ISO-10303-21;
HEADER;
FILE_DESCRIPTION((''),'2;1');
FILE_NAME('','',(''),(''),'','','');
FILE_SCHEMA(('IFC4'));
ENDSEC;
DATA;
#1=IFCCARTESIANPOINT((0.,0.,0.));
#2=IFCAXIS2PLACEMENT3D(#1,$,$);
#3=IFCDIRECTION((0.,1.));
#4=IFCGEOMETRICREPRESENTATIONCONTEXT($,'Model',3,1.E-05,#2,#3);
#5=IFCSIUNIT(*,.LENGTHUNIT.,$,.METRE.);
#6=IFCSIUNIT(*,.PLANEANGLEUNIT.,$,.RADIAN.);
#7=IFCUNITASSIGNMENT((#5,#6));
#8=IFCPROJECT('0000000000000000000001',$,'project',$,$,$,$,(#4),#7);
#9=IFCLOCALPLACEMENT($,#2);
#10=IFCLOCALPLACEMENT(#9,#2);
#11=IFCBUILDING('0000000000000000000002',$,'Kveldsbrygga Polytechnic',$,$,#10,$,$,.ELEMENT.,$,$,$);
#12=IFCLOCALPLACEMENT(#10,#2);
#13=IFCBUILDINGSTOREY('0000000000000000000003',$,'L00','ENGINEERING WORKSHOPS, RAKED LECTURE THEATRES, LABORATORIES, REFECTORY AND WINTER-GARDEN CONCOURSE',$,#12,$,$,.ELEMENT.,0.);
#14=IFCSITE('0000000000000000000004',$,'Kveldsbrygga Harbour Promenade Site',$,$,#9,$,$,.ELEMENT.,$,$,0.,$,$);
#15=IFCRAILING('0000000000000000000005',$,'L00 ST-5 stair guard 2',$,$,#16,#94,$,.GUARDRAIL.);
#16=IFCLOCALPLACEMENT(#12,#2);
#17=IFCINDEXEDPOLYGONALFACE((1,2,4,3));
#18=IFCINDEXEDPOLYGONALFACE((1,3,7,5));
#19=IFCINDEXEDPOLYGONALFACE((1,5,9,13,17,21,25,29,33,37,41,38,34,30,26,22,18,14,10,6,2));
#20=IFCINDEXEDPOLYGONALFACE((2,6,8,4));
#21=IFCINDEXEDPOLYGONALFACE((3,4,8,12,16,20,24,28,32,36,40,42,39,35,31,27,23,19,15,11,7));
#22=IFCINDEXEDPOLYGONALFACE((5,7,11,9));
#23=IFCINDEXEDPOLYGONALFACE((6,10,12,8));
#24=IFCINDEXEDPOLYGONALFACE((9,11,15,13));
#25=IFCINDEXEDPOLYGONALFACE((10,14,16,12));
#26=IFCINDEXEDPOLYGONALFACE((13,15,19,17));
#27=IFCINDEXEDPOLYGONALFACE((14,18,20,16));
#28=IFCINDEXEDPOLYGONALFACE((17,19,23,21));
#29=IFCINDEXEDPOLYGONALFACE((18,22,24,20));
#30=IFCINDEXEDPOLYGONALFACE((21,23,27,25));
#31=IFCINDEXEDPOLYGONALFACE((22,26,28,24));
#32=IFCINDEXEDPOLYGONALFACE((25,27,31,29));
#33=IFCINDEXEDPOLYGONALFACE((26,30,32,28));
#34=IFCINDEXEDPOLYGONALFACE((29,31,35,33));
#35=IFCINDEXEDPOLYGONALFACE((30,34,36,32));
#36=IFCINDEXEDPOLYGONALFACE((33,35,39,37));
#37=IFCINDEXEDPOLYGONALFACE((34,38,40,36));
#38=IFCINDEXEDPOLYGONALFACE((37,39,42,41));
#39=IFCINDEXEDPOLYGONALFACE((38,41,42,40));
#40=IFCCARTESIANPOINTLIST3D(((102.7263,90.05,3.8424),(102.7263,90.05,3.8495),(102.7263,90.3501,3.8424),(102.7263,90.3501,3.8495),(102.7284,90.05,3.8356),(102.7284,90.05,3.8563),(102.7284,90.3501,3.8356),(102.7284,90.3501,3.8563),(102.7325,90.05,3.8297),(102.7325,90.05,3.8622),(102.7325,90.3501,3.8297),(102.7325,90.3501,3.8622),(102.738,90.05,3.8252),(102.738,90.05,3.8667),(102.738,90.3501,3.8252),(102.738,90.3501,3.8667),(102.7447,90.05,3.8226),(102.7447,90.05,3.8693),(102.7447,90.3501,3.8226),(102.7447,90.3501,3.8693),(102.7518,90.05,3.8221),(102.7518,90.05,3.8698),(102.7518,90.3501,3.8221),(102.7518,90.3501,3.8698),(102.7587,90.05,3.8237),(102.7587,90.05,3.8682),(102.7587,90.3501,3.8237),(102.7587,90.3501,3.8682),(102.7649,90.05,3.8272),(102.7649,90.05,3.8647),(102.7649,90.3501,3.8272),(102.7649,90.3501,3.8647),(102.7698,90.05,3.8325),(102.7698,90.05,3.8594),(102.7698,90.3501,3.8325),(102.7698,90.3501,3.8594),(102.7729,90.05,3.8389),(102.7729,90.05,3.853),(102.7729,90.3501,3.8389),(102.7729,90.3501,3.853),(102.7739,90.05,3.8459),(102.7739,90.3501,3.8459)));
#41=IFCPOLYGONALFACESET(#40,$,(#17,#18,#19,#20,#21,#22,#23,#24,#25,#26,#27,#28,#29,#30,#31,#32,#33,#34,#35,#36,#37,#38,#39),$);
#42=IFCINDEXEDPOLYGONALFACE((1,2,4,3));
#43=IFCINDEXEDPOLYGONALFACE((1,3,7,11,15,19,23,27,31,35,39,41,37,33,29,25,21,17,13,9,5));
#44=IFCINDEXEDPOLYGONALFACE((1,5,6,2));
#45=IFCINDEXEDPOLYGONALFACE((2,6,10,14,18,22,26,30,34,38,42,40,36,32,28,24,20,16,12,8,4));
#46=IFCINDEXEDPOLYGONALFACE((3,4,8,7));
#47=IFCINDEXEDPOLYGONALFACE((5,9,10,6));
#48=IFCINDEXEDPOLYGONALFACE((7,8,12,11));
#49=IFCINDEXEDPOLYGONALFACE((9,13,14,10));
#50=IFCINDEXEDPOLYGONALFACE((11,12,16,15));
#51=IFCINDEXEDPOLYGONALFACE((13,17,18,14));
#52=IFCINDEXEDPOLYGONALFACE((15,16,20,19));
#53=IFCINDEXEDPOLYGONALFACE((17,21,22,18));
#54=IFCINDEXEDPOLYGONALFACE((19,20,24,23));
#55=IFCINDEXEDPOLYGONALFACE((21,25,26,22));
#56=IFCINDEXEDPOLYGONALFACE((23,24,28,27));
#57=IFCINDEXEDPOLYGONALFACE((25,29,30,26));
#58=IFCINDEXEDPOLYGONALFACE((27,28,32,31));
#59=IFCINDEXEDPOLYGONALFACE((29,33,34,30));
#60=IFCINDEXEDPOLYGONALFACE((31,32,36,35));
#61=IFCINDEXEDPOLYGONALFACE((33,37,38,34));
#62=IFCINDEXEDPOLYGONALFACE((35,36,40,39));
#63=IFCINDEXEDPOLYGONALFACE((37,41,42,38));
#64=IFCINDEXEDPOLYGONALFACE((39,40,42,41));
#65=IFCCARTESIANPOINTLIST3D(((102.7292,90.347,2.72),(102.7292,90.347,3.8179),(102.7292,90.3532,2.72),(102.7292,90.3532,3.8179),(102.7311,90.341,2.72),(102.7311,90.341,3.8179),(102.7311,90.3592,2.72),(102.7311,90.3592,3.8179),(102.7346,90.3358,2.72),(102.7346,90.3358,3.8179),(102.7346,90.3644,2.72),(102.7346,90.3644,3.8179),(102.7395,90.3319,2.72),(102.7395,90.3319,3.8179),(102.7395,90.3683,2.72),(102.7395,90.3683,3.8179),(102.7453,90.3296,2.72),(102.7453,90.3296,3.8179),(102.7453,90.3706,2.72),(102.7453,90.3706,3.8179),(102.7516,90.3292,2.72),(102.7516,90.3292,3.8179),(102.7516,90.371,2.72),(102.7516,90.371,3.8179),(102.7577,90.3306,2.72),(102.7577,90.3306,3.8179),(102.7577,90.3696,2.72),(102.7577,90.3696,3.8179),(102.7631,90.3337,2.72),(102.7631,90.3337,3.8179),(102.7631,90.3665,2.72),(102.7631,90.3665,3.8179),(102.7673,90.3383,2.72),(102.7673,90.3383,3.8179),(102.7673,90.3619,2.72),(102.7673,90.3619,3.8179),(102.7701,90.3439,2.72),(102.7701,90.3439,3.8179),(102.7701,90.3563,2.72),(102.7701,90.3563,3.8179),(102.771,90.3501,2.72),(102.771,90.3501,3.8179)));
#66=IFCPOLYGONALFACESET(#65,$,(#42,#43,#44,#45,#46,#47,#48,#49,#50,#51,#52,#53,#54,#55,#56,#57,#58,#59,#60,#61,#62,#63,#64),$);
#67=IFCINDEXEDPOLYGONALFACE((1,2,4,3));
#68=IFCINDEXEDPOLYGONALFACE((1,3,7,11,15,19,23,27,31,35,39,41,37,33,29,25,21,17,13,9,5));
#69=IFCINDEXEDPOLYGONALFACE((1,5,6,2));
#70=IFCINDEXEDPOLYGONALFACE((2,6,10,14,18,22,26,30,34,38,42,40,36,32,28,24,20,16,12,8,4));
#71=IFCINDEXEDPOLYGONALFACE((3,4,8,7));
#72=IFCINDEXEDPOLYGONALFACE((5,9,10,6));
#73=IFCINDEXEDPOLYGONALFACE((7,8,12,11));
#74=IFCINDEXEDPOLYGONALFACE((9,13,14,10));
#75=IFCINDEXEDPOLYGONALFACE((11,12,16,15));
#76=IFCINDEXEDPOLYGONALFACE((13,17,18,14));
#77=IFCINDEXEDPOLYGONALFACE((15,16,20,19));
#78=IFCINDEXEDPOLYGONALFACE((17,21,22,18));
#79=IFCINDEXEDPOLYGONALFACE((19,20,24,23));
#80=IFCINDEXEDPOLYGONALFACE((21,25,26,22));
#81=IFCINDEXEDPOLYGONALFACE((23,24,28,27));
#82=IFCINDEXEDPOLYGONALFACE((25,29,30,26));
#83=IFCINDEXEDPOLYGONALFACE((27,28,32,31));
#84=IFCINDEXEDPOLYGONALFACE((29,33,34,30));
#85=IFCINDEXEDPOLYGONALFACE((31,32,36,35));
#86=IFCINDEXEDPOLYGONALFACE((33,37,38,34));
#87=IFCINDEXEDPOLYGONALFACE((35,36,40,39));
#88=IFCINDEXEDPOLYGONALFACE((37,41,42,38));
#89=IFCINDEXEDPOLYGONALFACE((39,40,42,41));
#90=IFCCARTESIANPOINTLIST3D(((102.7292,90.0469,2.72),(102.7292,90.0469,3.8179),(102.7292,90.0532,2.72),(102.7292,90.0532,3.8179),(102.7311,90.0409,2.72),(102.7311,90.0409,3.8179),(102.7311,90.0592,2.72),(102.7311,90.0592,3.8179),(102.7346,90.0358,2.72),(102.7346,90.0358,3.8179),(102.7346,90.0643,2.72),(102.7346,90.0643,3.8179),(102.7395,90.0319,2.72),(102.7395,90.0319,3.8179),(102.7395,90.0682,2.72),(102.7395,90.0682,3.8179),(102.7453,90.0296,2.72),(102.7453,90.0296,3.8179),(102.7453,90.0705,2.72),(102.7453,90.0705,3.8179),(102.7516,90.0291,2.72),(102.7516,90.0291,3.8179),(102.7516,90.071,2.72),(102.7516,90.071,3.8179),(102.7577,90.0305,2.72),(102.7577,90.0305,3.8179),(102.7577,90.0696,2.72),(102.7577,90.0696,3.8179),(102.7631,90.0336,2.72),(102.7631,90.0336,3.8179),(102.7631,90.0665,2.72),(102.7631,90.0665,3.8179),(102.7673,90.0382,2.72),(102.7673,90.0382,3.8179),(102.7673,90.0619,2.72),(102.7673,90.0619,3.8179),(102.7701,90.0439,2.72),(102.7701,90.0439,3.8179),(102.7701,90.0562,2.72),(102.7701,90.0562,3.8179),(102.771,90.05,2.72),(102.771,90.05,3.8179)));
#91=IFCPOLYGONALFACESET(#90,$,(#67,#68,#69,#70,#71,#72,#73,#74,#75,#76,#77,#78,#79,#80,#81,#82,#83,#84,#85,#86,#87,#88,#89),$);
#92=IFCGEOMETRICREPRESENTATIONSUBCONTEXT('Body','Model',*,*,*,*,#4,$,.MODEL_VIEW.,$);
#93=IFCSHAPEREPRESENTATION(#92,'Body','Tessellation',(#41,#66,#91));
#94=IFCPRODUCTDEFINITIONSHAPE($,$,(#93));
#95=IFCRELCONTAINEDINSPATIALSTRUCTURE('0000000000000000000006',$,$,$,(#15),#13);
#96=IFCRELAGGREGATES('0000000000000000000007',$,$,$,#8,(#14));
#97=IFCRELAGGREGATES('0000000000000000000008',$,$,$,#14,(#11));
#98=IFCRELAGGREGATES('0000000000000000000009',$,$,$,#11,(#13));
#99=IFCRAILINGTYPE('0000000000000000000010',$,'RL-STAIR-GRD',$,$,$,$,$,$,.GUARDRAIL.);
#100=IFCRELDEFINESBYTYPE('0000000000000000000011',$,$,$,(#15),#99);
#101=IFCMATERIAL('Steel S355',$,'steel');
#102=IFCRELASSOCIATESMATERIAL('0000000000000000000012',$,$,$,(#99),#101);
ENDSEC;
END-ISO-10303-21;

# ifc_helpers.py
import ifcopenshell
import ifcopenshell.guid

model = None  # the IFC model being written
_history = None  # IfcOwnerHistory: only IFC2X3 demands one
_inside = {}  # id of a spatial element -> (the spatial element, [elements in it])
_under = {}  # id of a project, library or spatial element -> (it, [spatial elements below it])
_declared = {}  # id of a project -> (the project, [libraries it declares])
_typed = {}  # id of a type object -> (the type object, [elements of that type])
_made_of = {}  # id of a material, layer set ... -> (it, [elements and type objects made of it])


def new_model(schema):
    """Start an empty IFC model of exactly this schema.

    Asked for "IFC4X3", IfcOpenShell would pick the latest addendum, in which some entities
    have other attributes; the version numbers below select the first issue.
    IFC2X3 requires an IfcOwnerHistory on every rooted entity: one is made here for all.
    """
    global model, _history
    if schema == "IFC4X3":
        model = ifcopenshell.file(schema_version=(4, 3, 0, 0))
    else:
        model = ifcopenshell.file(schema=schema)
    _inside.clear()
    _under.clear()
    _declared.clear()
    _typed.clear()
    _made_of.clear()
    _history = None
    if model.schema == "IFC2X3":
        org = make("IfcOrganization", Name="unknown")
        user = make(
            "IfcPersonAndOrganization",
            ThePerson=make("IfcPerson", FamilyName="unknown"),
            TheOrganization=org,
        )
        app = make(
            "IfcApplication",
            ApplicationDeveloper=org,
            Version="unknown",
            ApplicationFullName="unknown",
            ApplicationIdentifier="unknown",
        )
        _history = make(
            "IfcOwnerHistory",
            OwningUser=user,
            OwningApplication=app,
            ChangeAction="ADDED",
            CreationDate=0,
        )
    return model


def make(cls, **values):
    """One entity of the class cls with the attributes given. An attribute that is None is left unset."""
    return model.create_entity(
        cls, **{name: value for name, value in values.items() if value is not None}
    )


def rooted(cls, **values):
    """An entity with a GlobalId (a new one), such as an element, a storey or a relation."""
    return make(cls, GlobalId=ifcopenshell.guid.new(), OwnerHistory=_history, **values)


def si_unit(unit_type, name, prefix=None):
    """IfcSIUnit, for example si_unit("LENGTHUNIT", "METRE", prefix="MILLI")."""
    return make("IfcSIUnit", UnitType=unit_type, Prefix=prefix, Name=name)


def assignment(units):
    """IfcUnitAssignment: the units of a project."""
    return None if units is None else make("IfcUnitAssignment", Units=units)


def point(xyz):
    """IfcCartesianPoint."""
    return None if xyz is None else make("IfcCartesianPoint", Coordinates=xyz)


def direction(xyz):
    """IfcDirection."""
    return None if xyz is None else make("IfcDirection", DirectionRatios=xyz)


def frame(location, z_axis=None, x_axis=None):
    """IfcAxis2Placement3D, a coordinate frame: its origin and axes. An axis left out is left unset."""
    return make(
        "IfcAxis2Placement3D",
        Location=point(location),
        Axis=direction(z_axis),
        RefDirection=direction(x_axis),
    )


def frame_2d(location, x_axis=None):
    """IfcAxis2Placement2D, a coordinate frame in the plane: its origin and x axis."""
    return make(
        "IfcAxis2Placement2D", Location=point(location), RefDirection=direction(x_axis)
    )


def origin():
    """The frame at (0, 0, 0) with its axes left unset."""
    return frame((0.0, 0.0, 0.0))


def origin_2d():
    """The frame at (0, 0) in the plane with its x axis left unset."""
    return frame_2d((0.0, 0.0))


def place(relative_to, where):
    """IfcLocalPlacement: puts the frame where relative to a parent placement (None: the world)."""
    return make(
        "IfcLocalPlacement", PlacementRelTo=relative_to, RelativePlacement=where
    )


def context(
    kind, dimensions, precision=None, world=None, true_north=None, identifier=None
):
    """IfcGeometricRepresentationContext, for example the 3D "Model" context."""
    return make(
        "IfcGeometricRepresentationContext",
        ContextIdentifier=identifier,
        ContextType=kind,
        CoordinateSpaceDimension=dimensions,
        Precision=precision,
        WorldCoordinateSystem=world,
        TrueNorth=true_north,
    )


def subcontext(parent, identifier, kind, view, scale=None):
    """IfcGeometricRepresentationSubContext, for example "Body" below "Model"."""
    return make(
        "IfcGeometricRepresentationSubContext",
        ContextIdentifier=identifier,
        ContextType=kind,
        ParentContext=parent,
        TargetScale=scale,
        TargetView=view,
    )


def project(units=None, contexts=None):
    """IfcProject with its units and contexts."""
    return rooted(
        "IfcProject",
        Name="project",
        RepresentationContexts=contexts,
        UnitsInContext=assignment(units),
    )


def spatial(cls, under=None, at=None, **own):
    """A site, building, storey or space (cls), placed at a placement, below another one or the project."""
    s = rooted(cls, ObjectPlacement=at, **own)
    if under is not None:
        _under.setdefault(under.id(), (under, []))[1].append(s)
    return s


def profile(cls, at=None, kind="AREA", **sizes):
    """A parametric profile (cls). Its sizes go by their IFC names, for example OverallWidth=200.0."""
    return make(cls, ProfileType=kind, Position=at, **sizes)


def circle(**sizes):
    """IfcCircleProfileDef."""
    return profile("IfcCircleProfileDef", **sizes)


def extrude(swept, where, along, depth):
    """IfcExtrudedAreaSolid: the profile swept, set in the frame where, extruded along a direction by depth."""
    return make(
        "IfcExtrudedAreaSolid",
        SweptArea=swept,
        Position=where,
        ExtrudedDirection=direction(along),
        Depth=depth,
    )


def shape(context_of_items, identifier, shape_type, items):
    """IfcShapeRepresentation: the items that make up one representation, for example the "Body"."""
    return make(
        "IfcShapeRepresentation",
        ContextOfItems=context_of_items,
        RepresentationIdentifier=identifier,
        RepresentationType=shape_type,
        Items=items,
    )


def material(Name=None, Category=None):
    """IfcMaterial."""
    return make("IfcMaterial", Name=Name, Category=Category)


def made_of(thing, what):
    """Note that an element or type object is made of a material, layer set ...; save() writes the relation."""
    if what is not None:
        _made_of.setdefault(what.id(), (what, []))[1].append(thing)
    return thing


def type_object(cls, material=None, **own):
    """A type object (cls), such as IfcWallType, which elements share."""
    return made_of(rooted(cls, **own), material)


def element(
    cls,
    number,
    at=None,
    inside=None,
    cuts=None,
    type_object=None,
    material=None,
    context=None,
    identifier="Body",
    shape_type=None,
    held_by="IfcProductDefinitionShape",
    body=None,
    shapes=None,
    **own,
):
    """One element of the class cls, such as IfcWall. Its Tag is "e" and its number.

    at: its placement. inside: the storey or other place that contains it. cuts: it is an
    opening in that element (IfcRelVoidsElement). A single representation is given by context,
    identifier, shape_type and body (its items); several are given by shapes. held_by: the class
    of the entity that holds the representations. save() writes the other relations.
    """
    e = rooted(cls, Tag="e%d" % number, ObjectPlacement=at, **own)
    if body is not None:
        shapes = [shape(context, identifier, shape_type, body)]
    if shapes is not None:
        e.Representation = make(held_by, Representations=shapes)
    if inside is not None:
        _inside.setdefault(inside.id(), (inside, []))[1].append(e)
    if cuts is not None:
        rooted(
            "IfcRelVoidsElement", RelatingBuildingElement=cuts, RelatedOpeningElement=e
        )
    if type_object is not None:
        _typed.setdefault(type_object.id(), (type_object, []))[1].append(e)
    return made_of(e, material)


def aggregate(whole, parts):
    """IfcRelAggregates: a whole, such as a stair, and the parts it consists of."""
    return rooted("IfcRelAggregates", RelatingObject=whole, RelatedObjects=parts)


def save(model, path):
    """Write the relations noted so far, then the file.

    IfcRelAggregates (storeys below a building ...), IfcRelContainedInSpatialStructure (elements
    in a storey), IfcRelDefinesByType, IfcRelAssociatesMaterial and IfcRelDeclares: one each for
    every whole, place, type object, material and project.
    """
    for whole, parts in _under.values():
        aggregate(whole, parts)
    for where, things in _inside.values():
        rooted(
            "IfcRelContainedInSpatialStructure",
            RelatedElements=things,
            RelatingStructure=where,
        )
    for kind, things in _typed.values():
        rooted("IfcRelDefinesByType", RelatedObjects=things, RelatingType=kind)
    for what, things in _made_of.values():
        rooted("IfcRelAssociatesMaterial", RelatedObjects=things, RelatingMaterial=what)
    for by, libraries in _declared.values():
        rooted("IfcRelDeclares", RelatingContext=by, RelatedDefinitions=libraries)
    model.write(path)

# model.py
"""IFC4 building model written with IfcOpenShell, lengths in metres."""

from ifc_helpers import new_model, si_unit, direction, frame, origin, origin_2d, place, context, subcontext, project, spatial, circle, extrude, material, type_object, element, save


model = new_model("IFC4")

# Units and contexts
model_context = context("Model", 3, precision=1e-05, world=origin(), true_north=direction((0.0, 1.0)))
body_context = subcontext(model_context, "Body", "Model", "MODEL_VIEW")
ifc_project = project(units=[si_unit("LENGTHUNIT", "METRE"), si_unit("PLANEANGLEUNIT", "RADIAN")], contexts=[model_context])

# Site, building, storey
site_placement = place(None, origin())
site = spatial("IfcSite", under=ifc_project, at=site_placement, Name="Kveldsbrygga Harbour Promenade Site", CompositionType="ELEMENT", RefElevation=0.0)
building_placement = place(site_placement, origin())
building = spatial("IfcBuilding", under=site, at=building_placement, Name="Kveldsbrygga Polytechnic", CompositionType="ELEMENT")
storey_placement = place(building_placement, origin())
storey = spatial("IfcBuildingStorey", under=building, at=storey_placement, Name="L00", Description="ENGINEERING WORKSHOPS, RAKED LECTURE THEATRES, LABORATORIES, REFECTORY AND WINTER-GARDEN CONCOURSE", CompositionType="ELEMENT", Elevation=0.0)

# Railing
ifc_material_1 = material(Name="Steel S355", Category="steel")
railing_type_1 = type_object("IfcRailingType", Name="RL-STAIR-GRD", PredefinedType="GUARDRAIL", material=ifc_material_1)
railing_1_placement = place(storey_placement, frame((102.75, 90.3501, 2.72)))
element("IfcRailing", 1, at=railing_1_placement, inside=storey, type_object=railing_type_1, Name="L00 ST-5 stair guard 2", PredefinedType="GUARDRAIL", context=body_context, shape_type="SweptSolid", body=[
    extrude(circle(Radius=0.0239, at=origin_2d()), frame((0.0, 0.0, 1.126), z_axis=(0.0, -1.0, 0.0), x_axis=(1.0, 0.0, 0.0)), (0.0, 0.0, 1.0), 0.3),
    extrude(circle(Radius=0.021, at=origin_2d()), origin(), (0.0, 0.0, 1.0), 1.0979),
    extrude(circle(Radius=0.021, at=origin_2d()), frame((0.0, -0.3, 0.0)), (0.0, 0.0, 1.0), 1.0979),
])

save(model, "model.ifc")
